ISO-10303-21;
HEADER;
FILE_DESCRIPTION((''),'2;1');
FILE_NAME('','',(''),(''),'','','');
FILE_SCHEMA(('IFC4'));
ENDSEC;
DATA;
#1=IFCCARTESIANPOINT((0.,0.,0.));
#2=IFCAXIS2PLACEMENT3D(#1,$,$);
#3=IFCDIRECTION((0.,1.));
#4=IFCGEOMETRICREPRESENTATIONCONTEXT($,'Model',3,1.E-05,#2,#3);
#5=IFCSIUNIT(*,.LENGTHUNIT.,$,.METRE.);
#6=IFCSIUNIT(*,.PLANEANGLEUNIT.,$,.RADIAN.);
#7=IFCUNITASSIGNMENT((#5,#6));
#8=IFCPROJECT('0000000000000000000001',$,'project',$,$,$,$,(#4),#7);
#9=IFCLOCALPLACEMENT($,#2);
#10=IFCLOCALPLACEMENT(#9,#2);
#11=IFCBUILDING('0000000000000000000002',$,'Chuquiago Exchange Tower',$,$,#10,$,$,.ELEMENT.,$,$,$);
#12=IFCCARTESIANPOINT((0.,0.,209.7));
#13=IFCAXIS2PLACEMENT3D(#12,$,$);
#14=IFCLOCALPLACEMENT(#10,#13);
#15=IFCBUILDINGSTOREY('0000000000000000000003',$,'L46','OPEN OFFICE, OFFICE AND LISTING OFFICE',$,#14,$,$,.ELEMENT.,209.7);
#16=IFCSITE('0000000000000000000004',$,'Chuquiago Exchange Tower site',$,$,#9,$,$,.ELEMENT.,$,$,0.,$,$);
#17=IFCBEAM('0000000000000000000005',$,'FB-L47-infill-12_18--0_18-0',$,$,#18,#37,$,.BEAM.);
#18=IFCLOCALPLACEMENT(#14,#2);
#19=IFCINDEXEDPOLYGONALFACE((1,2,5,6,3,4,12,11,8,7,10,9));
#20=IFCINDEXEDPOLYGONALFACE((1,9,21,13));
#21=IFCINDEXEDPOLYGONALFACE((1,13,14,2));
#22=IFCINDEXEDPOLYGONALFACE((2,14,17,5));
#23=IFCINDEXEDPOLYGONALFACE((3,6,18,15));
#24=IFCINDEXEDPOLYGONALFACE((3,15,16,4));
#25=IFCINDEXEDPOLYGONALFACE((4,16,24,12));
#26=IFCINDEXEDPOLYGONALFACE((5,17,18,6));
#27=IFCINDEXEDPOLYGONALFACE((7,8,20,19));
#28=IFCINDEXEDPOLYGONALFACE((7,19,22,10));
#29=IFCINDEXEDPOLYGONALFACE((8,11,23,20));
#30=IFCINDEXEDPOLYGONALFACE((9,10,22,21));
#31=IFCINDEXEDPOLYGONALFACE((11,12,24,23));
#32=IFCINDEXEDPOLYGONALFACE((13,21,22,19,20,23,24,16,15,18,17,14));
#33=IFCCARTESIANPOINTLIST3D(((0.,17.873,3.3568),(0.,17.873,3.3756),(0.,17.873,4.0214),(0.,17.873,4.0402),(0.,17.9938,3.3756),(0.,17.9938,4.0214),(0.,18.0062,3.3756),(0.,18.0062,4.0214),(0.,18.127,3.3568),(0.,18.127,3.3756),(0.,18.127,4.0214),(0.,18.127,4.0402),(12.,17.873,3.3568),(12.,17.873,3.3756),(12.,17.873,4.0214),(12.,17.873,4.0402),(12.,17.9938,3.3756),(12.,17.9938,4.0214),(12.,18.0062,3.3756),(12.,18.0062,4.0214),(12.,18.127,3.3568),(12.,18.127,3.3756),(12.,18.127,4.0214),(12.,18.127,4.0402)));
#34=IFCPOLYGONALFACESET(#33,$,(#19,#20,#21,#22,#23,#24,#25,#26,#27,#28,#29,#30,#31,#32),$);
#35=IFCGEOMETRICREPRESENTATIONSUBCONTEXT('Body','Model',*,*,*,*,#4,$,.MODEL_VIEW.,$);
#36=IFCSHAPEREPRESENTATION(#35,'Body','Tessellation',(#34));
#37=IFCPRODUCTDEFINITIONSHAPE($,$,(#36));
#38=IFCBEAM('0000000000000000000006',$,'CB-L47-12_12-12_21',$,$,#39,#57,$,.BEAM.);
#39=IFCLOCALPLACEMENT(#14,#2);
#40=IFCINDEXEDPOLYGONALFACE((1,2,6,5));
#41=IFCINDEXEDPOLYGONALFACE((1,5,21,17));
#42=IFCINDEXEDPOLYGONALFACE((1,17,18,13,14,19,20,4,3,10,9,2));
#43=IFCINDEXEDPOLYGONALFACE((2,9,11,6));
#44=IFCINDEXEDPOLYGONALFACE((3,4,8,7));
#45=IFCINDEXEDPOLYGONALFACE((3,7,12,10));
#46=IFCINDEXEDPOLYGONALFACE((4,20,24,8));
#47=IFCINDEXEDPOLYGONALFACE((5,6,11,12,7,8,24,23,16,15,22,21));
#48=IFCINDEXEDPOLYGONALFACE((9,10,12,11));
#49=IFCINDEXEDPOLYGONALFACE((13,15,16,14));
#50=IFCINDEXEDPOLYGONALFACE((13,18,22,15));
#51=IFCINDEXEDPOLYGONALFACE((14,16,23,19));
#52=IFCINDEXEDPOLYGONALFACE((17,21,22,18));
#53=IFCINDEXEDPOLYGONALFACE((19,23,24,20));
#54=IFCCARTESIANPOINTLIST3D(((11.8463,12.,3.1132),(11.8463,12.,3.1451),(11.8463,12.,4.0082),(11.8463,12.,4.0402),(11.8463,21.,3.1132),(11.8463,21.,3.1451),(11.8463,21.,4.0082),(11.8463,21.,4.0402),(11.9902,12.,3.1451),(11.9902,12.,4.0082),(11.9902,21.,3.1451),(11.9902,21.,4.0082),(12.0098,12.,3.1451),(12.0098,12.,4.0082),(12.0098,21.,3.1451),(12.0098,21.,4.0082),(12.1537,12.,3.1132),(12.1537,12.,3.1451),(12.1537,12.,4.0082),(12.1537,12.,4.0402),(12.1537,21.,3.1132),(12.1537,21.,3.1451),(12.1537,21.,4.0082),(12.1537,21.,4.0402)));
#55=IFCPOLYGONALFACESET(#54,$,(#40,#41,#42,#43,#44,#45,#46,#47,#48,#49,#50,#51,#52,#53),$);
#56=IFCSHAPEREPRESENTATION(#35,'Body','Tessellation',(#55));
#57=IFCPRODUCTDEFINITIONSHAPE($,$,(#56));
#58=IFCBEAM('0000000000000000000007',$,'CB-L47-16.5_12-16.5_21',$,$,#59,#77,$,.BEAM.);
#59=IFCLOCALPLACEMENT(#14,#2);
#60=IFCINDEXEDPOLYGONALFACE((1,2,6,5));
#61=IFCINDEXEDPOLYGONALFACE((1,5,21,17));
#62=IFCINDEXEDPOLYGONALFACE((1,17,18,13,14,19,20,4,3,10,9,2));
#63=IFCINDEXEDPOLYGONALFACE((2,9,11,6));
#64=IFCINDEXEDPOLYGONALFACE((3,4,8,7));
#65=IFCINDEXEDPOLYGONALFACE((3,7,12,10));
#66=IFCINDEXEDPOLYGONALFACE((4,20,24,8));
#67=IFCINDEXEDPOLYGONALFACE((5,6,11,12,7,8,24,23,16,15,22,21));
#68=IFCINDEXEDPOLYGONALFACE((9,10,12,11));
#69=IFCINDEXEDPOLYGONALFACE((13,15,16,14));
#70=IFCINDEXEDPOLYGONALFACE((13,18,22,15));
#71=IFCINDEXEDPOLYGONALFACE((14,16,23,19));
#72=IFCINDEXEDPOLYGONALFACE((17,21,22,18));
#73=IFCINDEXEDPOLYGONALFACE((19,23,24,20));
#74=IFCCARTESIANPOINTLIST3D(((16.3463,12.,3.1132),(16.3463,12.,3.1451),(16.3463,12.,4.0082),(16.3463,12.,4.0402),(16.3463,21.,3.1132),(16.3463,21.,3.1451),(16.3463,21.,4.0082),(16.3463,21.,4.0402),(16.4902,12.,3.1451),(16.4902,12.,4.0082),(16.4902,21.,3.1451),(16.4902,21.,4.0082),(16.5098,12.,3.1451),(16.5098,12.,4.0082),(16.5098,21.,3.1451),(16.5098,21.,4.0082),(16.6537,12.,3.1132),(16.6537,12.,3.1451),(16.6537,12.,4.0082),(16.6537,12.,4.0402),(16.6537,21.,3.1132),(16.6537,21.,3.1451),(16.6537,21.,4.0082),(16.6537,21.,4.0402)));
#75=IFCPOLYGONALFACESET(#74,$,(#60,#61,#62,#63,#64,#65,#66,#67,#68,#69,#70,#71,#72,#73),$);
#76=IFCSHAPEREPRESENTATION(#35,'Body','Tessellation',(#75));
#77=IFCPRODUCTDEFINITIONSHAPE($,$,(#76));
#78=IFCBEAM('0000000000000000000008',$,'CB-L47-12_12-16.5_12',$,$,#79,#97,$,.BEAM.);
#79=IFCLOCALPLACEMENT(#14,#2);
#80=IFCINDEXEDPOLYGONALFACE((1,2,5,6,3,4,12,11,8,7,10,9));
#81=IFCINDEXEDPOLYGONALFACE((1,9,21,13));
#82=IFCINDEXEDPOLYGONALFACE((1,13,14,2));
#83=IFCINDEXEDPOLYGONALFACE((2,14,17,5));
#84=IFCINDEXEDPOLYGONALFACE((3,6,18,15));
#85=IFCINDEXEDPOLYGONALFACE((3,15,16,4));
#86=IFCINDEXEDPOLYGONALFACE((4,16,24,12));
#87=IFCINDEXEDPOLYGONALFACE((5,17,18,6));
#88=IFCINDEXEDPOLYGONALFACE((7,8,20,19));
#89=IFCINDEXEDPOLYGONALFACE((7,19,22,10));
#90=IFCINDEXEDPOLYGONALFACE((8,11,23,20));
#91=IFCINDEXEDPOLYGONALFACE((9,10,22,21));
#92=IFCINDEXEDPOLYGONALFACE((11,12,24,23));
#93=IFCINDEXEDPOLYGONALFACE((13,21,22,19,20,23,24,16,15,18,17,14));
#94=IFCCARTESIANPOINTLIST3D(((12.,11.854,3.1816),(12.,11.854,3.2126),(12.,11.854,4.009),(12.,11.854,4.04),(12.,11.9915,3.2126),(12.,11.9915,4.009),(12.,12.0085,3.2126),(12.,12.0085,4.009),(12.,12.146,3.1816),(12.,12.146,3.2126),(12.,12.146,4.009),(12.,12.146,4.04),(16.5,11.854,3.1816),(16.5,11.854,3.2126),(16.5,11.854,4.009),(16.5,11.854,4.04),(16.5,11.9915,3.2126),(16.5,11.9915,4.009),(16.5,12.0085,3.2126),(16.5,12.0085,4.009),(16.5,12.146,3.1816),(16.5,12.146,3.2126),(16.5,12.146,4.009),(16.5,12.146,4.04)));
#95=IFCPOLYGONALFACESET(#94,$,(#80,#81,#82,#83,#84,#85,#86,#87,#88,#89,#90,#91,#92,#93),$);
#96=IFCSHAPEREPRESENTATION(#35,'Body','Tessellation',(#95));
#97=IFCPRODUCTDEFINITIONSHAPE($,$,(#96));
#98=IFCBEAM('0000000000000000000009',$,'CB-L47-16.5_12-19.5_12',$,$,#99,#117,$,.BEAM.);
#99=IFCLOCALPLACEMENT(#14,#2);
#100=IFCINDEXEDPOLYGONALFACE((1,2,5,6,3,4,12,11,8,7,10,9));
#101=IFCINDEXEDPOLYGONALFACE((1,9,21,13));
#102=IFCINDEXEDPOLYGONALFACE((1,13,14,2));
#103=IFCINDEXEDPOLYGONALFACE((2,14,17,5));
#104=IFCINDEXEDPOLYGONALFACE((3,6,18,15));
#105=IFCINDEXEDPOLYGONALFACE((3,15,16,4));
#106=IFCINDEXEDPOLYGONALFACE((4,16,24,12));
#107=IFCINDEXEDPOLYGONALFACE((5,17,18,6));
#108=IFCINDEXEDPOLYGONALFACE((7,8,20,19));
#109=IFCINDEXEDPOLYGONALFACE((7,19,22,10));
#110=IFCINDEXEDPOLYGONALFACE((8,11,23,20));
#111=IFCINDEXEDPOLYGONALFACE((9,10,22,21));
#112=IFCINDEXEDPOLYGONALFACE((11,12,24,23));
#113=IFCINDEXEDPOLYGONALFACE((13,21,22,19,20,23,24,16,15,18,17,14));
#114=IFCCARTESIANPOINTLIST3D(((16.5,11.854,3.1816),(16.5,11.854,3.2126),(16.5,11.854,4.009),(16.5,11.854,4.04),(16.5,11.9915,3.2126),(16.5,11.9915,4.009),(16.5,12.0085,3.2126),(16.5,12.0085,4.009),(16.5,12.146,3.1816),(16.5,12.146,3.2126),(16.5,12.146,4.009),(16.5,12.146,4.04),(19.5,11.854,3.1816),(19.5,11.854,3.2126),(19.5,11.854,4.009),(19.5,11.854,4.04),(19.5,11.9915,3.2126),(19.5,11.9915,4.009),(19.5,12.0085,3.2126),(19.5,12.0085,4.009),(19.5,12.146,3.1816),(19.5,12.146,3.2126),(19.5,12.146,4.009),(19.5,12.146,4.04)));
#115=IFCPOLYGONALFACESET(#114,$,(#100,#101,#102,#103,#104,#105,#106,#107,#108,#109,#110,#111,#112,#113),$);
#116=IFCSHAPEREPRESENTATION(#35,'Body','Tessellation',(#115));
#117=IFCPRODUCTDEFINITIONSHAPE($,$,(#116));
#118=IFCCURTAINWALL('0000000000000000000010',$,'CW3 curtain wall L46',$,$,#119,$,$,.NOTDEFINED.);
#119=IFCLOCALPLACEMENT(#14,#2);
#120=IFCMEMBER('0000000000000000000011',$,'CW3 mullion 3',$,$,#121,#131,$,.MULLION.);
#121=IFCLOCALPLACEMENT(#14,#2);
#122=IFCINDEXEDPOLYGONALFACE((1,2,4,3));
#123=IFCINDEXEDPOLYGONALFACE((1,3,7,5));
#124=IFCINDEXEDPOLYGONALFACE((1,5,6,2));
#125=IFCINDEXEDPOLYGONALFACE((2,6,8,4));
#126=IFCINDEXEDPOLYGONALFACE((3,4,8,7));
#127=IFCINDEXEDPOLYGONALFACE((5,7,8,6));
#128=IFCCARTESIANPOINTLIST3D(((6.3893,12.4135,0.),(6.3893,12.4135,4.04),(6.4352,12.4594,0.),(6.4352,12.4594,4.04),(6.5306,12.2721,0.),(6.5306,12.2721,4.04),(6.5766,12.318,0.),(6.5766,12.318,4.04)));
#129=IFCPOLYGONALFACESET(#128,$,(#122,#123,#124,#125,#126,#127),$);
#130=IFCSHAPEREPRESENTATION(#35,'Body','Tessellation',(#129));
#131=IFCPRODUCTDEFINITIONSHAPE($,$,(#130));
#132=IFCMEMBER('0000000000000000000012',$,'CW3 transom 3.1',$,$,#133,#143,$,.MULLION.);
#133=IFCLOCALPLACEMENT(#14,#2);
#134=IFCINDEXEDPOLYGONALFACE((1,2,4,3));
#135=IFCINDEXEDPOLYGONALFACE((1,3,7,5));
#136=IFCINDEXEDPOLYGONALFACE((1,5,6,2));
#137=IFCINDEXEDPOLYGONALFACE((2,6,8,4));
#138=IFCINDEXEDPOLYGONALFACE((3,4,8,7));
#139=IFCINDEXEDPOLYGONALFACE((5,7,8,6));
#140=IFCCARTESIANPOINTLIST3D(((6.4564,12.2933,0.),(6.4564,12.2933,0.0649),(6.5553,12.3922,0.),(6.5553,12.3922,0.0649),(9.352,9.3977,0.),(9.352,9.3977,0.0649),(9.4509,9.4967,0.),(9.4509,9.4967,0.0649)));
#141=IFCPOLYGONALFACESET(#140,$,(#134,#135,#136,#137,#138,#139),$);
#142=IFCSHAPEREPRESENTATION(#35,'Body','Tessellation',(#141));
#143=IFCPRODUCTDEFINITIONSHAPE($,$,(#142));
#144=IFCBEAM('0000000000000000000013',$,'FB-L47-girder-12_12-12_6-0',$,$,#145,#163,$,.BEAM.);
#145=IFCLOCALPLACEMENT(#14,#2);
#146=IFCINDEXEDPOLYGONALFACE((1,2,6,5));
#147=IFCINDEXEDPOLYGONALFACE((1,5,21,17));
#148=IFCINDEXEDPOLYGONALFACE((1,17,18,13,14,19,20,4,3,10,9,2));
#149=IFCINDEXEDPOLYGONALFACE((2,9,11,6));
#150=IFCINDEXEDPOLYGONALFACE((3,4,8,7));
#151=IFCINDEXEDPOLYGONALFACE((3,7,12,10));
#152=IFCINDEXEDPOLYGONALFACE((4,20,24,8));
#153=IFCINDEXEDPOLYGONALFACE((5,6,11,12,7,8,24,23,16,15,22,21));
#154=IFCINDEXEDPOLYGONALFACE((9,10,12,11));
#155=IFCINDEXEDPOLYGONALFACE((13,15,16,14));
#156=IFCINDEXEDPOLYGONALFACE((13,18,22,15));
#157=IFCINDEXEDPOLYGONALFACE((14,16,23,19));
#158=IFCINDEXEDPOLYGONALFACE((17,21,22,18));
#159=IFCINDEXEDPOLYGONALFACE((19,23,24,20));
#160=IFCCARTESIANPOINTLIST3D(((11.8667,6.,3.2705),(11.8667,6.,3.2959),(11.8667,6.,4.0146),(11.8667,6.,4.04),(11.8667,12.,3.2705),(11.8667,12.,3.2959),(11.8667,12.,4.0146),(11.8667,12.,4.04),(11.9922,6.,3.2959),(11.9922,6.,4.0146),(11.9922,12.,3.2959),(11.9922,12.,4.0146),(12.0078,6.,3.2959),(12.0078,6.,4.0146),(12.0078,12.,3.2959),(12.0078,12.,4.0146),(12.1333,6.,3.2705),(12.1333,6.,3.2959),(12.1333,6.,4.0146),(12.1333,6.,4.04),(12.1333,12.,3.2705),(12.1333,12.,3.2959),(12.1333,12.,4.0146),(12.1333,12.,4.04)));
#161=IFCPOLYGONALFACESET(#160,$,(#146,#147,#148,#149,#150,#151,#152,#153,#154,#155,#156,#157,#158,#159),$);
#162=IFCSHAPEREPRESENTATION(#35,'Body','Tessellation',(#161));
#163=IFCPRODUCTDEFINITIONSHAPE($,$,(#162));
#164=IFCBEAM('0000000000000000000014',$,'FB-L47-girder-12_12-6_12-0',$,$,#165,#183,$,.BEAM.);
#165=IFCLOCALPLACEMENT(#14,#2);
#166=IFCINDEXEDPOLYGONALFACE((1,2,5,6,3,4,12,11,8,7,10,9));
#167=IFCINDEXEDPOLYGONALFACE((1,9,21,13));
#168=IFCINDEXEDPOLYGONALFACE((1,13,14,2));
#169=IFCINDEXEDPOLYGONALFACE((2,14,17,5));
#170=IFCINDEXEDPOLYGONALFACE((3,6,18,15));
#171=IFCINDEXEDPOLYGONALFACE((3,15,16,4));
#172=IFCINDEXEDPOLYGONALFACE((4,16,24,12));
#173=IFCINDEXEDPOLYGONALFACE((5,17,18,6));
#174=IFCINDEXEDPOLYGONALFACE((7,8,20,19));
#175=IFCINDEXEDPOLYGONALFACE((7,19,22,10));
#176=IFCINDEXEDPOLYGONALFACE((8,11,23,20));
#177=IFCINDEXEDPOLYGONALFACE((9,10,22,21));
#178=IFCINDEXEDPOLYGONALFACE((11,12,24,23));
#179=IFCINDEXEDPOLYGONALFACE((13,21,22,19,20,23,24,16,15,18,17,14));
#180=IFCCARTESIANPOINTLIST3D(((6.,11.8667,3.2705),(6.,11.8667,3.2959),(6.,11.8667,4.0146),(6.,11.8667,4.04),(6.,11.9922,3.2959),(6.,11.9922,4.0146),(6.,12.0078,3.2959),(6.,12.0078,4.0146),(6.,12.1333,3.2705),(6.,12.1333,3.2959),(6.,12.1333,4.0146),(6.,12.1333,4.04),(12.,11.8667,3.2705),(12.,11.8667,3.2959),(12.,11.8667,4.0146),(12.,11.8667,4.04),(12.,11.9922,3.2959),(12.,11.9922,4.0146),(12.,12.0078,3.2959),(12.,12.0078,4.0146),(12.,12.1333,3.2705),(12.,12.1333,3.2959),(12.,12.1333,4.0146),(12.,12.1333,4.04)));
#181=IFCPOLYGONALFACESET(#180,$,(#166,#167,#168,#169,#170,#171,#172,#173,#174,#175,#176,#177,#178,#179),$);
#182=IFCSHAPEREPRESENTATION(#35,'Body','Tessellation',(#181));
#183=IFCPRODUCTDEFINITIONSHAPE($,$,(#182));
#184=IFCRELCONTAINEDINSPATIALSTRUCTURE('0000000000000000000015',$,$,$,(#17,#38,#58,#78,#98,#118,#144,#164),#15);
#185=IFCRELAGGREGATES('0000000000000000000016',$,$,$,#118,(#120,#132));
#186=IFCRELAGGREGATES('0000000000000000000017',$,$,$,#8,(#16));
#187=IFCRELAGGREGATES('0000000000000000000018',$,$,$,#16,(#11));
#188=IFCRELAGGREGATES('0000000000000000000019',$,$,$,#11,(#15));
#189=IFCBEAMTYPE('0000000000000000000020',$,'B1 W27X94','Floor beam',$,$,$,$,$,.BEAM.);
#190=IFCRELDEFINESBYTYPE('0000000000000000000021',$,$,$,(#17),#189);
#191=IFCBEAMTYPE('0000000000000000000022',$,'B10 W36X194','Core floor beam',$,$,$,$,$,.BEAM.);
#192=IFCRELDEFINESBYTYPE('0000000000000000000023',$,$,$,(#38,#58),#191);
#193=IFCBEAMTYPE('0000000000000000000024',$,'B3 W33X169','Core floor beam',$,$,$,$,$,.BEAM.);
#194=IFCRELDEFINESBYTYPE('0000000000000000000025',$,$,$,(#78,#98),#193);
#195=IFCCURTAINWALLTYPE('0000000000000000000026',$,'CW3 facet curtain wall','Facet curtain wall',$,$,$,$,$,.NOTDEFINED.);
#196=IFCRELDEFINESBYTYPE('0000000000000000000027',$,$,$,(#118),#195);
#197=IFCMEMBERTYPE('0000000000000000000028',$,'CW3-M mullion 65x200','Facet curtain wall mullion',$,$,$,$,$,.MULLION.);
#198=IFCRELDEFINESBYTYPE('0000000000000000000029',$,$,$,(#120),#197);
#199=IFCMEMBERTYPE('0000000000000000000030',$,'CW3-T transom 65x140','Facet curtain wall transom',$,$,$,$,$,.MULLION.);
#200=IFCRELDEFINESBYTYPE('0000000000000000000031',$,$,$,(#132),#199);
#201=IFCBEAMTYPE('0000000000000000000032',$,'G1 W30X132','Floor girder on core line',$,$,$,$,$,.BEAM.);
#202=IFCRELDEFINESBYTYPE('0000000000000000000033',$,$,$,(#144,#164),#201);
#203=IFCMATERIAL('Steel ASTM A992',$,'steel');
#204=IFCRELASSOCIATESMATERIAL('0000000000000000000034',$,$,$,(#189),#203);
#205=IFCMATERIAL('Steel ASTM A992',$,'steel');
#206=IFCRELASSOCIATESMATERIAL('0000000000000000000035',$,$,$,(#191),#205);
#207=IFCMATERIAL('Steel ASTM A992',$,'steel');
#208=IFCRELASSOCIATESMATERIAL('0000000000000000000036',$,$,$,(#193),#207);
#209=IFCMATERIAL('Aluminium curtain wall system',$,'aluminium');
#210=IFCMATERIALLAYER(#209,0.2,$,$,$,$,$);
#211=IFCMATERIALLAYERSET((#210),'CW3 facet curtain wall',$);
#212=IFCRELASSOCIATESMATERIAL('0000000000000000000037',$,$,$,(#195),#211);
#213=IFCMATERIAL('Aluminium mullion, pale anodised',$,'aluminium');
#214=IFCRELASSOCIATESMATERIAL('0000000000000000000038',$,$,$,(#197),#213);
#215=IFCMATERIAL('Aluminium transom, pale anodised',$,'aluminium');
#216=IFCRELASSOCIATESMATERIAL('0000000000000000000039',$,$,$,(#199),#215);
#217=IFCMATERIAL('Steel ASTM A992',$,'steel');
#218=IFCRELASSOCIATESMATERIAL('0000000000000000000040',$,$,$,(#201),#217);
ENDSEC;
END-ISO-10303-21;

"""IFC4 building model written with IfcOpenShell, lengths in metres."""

from ifc_helpers import new_model, si_unit, direction, frame, origin, origin_2d, place, context, subcontext, project, spatial, rectangle, i_section, extrude, material, layer, layer_set, material_profile, profile_set, type_object, element, aggregate, save


model = new_model("IFC4")

# Units and contexts
model_context = context("Model", 3, precision=1e-05, world=origin(), true_north=direction((0.0, 1.0)))
body_context = subcontext(model_context, "Body", "Model", "MODEL_VIEW")
ifc_project = project(units=[si_unit("LENGTHUNIT", "METRE"), si_unit("PLANEANGLEUNIT", "RADIAN")], contexts=[model_context])

# Site, building, storey
site_placement = place(None, origin())
site = spatial("IfcSite", under=ifc_project, at=site_placement, Name="Chuquiago Exchange Tower site", CompositionType="ELEMENT", RefElevation=0.0)
building_placement = place(site_placement, origin())
building = spatial("IfcBuilding", under=site, at=building_placement, Name="Chuquiago Exchange Tower", CompositionType="ELEMENT")
storey_placement = place(building_placement, frame((0.0, 0.0, 209.7)))
storey = spatial("IfcBuildingStorey", under=building, at=storey_placement, Name="L46", Description="OPEN OFFICE, OFFICE AND LISTING OFFICE", CompositionType="ELEMENT", Elevation=209.7)

# Beams
ifc_material_1 = material(Name="Steel ASTM A992", Category="steel")
ifc_material_profile_1 = material_profile(ifc_material_1, i_section(OverallWidth=0.2539, OverallDepth=0.6833, WebThickness=0.0125, FlangeThickness=0.0188, at=origin_2d()), Name="W27X94")
ifc_profile_set_1 = profile_set([ifc_material_profile_1], Name="Steel ASTM A992")
beam_type_1 = type_object("IfcBeamType", Name="B1 W27X94", Description="Floor beam", PredefinedType="BEAM", material=ifc_profile_set_1)
beam_1_placement = place(storey_placement, frame((12.0, 18.0, 3.6985), z_axis=(-1.0, 0.0, 0.0), x_axis=(0.0, -1.0, 0.0)))
element("IfcBeam", 1, at=beam_1_placement, inside=storey, type_object=beam_type_1, Name="FB-L47-infill-12_18--0_18-0", PredefinedType="BEAM", context=body_context, shape_type="SweptSolid", body=[
    extrude(i_section(OverallWidth=0.2539, OverallDepth=0.6833, WebThickness=0.0125, FlangeThickness=0.0188, at=origin_2d()), origin(), (0.0, 0.0, 1.0), 12.0),
])
ifc_material_2 = material(Name="Steel ASTM A992", Category="steel")
ifc_material_profile_2 = material_profile(ifc_material_2, i_section(OverallWidth=0.3074, OverallDepth=0.927, WebThickness=0.0195, FlangeThickness=0.032, at=origin_2d()), Name="W36X194")
ifc_profile_set_2 = profile_set([ifc_material_profile_2], Name="Steel ASTM A992")
beam_type_2 = type_object("IfcBeamType", Name="B10 W36X194", Description="Core floor beam", PredefinedType="BEAM", material=ifc_profile_set_2)
for number, where, z_axis, x_axis, name in (
    (2, (12.0, 12.0, 3.5767), (0.0, 1.0, 0.0), (-1.0, 0.0, 0.0), "CB-L47-12_12-12_21"),
    (3, (16.5, 12.0, 3.5767), (0.0, 1.0, 0.0), (-1.0, 0.0, 0.0), "CB-L47-16.5_12-16.5_21"),
):
    element("IfcBeam", number, at=place(storey_placement, frame(where, z_axis=z_axis, x_axis=x_axis)), inside=storey, type_object=beam_type_2, Name=name, PredefinedType="BEAM", context=body_context, shape_type="SweptSolid", body=[
        extrude(i_section(OverallWidth=0.3074, OverallDepth=0.927, WebThickness=0.0195, FlangeThickness=0.032, at=origin_2d()), origin(), (0.0, 0.0, 1.0), 9.0),
    ])
ifc_material_3 = material(Name="Steel ASTM A992", Category="steel")
ifc_material_profile_3 = material_profile(ifc_material_3, i_section(OverallWidth=0.292, OverallDepth=0.8584, WebThickness=0.0171, FlangeThickness=0.031, at=origin_2d()), Name="W33X169")
ifc_profile_set_3 = profile_set([ifc_material_profile_3], Name="Steel ASTM A992")
beam_type_3 = type_object("IfcBeamType", Name="B3 W33X169", Description="Core floor beam", PredefinedType="BEAM", material=ifc_profile_set_3)
beam_2_placement = place(storey_placement, frame((12.0, 12.0, 3.6108), z_axis=(1.0, 0.0, 0.0), x_axis=(0.0, 1.0, 0.0)))
element("IfcBeam", 4, at=beam_2_placement, inside=storey, type_object=beam_type_3, Name="CB-L47-12_12-16.5_12", PredefinedType="BEAM", context=body_context, shape_type="SweptSolid", body=[
    extrude(i_section(OverallWidth=0.292, OverallDepth=0.8584, WebThickness=0.0171, FlangeThickness=0.031, at=origin_2d()), origin(), (0.0, 0.0, 1.0), 4.5),
])
beam_3_placement = place(storey_placement, frame((16.5, 12.0, 3.6108), z_axis=(1.0, 0.0, 0.0), x_axis=(0.0, 1.0, 0.0)))
element("IfcBeam", 5, at=beam_3_placement, inside=storey, type_object=beam_type_3, Name="CB-L47-16.5_12-19.5_12", PredefinedType="BEAM", context=body_context, shape_type="SweptSolid", body=[
    extrude(i_section(OverallWidth=0.292, OverallDepth=0.8584, WebThickness=0.0171, FlangeThickness=0.031, at=origin_2d()), origin(), (0.0, 0.0, 1.0), 3.0),
])

# Curtain wall, members
ifc_material_4 = material(Name="Aluminium curtain wall system", Category="aluminium")
ifc_layer_1 = layer(ifc_material_4, 0.2)
ifc_layer_set_1 = layer_set([ifc_layer_1], Name="CW3 facet curtain wall")
curtain_wall_type = type_object("IfcCurtainWallType", Name="CW3 facet curtain wall", Description="Facet curtain wall", PredefinedType="NOTDEFINED", material=ifc_layer_set_1)
curtain_wall_placement = place(storey_placement, origin())
curtain_wall = element("IfcCurtainWall", 6, at=curtain_wall_placement, inside=storey, type_object=curtain_wall_type, Name="CW3 curtain wall L46", PredefinedType="NOTDEFINED")
ifc_material_5 = material(Name="Aluminium mullion, pale anodised", Category="aluminium")
ifc_material_profile_4 = material_profile(ifc_material_5, rectangle(XDim=0.0649, YDim=0.2, at=origin_2d()), Name="AL 65x200")
ifc_profile_set_4 = profile_set([ifc_material_profile_4], Name="Aluminium mullion, pale anodised")
member_type_1 = type_object("IfcMemberType", Name="CW3-M mullion 65x200", Description="Facet curtain wall mullion", PredefinedType="MULLION", material=ifc_profile_set_4)
member_1_placement = place(storey_placement, frame((6.4829, 12.3657, 0.0), z_axis=(0.0, 0.0, 1.0), x_axis=(0.707107, 0.707107, 0.0)))
member_1 = element("IfcMember", 7, at=member_1_placement, type_object=member_type_1, Name="CW3 mullion 3", PredefinedType="MULLION", context=body_context, shape_type="SweptSolid", body=[
    extrude(rectangle(XDim=0.0649, YDim=0.2, at=origin_2d()), origin(), (0.0, 0.0, 1.0), 4.04),
])
ifc_material_6 = material(Name="Aluminium transom, pale anodised", Category="aluminium")
ifc_material_profile_5 = material_profile(ifc_material_6, rectangle(XDim=0.1399, YDim=0.0649, at=origin_2d()), Name="AL 140x65")
ifc_profile_set_5 = profile_set([ifc_material_profile_5], Name="Aluminium transom, pale anodised")
member_type_2 = type_object("IfcMemberType", Name="CW3-T transom 65x140", Description="Facet curtain wall transom", PredefinedType="MULLION", material=ifc_profile_set_5)
member_2_placement = place(storey_placement, frame((6.5059, 12.3428, 0.0325), z_axis=(0.707107, -0.707107, 0.0), x_axis=(0.707107, 0.707107, 0.0)))
member_2 = element("IfcMember", 8, at=member_2_placement, type_object=member_type_2, Name="CW3 transom 3.1", PredefinedType="MULLION", context=body_context, shape_type="SweptSolid", body=[
    extrude(rectangle(XDim=0.1399, YDim=0.0649, at=origin_2d()), origin(), (0.0, 0.0, 1.0), 4.095),
])
aggregate(curtain_wall, [member_1, member_2])

# Beams
ifc_material_7 = material(Name="Steel ASTM A992", Category="steel")
ifc_material_profile_6 = material_profile(ifc_material_7, i_section(OverallWidth=0.2666, OverallDepth=0.7695, WebThickness=0.0156, FlangeThickness=0.0254, at=origin_2d()), Name="W30X132")
ifc_profile_set_6 = profile_set([ifc_material_profile_6], Name="Steel ASTM A992")
beam_type_4 = type_object("IfcBeamType", Name="G1 W30X132", Description="Floor girder on core line", PredefinedType="BEAM", material=ifc_profile_set_6)
for number, where, z_axis, x_axis, name in (
    (9, (12.0, 12.0, 3.6553), (0.0, -1.0, 0.0), (1.0, 0.0, 0.0), "FB-L47-girder-12_12-12_6-0"),
    (10, (12.0, 12.0, 3.6553), (-1.0, 0.0, 0.0), (0.0, -1.0, 0.0), "FB-L47-girder-12_12-6_12-0"),
):
    element("IfcBeam", number, at=place(storey_placement, frame(where, z_axis=z_axis, x_axis=x_axis)), inside=storey, type_object=beam_type_4, Name=name, PredefinedType="BEAM", context=body_context, shape_type="SweptSolid", body=[
        extrude(i_section(OverallWidth=0.2666, OverallDepth=0.7695, WebThickness=0.0156, FlangeThickness=0.0254, at=origin_2d()), origin(), (0.0, 0.0, 1.0), 6.0),
    ])

save(model, "model.ifc")
